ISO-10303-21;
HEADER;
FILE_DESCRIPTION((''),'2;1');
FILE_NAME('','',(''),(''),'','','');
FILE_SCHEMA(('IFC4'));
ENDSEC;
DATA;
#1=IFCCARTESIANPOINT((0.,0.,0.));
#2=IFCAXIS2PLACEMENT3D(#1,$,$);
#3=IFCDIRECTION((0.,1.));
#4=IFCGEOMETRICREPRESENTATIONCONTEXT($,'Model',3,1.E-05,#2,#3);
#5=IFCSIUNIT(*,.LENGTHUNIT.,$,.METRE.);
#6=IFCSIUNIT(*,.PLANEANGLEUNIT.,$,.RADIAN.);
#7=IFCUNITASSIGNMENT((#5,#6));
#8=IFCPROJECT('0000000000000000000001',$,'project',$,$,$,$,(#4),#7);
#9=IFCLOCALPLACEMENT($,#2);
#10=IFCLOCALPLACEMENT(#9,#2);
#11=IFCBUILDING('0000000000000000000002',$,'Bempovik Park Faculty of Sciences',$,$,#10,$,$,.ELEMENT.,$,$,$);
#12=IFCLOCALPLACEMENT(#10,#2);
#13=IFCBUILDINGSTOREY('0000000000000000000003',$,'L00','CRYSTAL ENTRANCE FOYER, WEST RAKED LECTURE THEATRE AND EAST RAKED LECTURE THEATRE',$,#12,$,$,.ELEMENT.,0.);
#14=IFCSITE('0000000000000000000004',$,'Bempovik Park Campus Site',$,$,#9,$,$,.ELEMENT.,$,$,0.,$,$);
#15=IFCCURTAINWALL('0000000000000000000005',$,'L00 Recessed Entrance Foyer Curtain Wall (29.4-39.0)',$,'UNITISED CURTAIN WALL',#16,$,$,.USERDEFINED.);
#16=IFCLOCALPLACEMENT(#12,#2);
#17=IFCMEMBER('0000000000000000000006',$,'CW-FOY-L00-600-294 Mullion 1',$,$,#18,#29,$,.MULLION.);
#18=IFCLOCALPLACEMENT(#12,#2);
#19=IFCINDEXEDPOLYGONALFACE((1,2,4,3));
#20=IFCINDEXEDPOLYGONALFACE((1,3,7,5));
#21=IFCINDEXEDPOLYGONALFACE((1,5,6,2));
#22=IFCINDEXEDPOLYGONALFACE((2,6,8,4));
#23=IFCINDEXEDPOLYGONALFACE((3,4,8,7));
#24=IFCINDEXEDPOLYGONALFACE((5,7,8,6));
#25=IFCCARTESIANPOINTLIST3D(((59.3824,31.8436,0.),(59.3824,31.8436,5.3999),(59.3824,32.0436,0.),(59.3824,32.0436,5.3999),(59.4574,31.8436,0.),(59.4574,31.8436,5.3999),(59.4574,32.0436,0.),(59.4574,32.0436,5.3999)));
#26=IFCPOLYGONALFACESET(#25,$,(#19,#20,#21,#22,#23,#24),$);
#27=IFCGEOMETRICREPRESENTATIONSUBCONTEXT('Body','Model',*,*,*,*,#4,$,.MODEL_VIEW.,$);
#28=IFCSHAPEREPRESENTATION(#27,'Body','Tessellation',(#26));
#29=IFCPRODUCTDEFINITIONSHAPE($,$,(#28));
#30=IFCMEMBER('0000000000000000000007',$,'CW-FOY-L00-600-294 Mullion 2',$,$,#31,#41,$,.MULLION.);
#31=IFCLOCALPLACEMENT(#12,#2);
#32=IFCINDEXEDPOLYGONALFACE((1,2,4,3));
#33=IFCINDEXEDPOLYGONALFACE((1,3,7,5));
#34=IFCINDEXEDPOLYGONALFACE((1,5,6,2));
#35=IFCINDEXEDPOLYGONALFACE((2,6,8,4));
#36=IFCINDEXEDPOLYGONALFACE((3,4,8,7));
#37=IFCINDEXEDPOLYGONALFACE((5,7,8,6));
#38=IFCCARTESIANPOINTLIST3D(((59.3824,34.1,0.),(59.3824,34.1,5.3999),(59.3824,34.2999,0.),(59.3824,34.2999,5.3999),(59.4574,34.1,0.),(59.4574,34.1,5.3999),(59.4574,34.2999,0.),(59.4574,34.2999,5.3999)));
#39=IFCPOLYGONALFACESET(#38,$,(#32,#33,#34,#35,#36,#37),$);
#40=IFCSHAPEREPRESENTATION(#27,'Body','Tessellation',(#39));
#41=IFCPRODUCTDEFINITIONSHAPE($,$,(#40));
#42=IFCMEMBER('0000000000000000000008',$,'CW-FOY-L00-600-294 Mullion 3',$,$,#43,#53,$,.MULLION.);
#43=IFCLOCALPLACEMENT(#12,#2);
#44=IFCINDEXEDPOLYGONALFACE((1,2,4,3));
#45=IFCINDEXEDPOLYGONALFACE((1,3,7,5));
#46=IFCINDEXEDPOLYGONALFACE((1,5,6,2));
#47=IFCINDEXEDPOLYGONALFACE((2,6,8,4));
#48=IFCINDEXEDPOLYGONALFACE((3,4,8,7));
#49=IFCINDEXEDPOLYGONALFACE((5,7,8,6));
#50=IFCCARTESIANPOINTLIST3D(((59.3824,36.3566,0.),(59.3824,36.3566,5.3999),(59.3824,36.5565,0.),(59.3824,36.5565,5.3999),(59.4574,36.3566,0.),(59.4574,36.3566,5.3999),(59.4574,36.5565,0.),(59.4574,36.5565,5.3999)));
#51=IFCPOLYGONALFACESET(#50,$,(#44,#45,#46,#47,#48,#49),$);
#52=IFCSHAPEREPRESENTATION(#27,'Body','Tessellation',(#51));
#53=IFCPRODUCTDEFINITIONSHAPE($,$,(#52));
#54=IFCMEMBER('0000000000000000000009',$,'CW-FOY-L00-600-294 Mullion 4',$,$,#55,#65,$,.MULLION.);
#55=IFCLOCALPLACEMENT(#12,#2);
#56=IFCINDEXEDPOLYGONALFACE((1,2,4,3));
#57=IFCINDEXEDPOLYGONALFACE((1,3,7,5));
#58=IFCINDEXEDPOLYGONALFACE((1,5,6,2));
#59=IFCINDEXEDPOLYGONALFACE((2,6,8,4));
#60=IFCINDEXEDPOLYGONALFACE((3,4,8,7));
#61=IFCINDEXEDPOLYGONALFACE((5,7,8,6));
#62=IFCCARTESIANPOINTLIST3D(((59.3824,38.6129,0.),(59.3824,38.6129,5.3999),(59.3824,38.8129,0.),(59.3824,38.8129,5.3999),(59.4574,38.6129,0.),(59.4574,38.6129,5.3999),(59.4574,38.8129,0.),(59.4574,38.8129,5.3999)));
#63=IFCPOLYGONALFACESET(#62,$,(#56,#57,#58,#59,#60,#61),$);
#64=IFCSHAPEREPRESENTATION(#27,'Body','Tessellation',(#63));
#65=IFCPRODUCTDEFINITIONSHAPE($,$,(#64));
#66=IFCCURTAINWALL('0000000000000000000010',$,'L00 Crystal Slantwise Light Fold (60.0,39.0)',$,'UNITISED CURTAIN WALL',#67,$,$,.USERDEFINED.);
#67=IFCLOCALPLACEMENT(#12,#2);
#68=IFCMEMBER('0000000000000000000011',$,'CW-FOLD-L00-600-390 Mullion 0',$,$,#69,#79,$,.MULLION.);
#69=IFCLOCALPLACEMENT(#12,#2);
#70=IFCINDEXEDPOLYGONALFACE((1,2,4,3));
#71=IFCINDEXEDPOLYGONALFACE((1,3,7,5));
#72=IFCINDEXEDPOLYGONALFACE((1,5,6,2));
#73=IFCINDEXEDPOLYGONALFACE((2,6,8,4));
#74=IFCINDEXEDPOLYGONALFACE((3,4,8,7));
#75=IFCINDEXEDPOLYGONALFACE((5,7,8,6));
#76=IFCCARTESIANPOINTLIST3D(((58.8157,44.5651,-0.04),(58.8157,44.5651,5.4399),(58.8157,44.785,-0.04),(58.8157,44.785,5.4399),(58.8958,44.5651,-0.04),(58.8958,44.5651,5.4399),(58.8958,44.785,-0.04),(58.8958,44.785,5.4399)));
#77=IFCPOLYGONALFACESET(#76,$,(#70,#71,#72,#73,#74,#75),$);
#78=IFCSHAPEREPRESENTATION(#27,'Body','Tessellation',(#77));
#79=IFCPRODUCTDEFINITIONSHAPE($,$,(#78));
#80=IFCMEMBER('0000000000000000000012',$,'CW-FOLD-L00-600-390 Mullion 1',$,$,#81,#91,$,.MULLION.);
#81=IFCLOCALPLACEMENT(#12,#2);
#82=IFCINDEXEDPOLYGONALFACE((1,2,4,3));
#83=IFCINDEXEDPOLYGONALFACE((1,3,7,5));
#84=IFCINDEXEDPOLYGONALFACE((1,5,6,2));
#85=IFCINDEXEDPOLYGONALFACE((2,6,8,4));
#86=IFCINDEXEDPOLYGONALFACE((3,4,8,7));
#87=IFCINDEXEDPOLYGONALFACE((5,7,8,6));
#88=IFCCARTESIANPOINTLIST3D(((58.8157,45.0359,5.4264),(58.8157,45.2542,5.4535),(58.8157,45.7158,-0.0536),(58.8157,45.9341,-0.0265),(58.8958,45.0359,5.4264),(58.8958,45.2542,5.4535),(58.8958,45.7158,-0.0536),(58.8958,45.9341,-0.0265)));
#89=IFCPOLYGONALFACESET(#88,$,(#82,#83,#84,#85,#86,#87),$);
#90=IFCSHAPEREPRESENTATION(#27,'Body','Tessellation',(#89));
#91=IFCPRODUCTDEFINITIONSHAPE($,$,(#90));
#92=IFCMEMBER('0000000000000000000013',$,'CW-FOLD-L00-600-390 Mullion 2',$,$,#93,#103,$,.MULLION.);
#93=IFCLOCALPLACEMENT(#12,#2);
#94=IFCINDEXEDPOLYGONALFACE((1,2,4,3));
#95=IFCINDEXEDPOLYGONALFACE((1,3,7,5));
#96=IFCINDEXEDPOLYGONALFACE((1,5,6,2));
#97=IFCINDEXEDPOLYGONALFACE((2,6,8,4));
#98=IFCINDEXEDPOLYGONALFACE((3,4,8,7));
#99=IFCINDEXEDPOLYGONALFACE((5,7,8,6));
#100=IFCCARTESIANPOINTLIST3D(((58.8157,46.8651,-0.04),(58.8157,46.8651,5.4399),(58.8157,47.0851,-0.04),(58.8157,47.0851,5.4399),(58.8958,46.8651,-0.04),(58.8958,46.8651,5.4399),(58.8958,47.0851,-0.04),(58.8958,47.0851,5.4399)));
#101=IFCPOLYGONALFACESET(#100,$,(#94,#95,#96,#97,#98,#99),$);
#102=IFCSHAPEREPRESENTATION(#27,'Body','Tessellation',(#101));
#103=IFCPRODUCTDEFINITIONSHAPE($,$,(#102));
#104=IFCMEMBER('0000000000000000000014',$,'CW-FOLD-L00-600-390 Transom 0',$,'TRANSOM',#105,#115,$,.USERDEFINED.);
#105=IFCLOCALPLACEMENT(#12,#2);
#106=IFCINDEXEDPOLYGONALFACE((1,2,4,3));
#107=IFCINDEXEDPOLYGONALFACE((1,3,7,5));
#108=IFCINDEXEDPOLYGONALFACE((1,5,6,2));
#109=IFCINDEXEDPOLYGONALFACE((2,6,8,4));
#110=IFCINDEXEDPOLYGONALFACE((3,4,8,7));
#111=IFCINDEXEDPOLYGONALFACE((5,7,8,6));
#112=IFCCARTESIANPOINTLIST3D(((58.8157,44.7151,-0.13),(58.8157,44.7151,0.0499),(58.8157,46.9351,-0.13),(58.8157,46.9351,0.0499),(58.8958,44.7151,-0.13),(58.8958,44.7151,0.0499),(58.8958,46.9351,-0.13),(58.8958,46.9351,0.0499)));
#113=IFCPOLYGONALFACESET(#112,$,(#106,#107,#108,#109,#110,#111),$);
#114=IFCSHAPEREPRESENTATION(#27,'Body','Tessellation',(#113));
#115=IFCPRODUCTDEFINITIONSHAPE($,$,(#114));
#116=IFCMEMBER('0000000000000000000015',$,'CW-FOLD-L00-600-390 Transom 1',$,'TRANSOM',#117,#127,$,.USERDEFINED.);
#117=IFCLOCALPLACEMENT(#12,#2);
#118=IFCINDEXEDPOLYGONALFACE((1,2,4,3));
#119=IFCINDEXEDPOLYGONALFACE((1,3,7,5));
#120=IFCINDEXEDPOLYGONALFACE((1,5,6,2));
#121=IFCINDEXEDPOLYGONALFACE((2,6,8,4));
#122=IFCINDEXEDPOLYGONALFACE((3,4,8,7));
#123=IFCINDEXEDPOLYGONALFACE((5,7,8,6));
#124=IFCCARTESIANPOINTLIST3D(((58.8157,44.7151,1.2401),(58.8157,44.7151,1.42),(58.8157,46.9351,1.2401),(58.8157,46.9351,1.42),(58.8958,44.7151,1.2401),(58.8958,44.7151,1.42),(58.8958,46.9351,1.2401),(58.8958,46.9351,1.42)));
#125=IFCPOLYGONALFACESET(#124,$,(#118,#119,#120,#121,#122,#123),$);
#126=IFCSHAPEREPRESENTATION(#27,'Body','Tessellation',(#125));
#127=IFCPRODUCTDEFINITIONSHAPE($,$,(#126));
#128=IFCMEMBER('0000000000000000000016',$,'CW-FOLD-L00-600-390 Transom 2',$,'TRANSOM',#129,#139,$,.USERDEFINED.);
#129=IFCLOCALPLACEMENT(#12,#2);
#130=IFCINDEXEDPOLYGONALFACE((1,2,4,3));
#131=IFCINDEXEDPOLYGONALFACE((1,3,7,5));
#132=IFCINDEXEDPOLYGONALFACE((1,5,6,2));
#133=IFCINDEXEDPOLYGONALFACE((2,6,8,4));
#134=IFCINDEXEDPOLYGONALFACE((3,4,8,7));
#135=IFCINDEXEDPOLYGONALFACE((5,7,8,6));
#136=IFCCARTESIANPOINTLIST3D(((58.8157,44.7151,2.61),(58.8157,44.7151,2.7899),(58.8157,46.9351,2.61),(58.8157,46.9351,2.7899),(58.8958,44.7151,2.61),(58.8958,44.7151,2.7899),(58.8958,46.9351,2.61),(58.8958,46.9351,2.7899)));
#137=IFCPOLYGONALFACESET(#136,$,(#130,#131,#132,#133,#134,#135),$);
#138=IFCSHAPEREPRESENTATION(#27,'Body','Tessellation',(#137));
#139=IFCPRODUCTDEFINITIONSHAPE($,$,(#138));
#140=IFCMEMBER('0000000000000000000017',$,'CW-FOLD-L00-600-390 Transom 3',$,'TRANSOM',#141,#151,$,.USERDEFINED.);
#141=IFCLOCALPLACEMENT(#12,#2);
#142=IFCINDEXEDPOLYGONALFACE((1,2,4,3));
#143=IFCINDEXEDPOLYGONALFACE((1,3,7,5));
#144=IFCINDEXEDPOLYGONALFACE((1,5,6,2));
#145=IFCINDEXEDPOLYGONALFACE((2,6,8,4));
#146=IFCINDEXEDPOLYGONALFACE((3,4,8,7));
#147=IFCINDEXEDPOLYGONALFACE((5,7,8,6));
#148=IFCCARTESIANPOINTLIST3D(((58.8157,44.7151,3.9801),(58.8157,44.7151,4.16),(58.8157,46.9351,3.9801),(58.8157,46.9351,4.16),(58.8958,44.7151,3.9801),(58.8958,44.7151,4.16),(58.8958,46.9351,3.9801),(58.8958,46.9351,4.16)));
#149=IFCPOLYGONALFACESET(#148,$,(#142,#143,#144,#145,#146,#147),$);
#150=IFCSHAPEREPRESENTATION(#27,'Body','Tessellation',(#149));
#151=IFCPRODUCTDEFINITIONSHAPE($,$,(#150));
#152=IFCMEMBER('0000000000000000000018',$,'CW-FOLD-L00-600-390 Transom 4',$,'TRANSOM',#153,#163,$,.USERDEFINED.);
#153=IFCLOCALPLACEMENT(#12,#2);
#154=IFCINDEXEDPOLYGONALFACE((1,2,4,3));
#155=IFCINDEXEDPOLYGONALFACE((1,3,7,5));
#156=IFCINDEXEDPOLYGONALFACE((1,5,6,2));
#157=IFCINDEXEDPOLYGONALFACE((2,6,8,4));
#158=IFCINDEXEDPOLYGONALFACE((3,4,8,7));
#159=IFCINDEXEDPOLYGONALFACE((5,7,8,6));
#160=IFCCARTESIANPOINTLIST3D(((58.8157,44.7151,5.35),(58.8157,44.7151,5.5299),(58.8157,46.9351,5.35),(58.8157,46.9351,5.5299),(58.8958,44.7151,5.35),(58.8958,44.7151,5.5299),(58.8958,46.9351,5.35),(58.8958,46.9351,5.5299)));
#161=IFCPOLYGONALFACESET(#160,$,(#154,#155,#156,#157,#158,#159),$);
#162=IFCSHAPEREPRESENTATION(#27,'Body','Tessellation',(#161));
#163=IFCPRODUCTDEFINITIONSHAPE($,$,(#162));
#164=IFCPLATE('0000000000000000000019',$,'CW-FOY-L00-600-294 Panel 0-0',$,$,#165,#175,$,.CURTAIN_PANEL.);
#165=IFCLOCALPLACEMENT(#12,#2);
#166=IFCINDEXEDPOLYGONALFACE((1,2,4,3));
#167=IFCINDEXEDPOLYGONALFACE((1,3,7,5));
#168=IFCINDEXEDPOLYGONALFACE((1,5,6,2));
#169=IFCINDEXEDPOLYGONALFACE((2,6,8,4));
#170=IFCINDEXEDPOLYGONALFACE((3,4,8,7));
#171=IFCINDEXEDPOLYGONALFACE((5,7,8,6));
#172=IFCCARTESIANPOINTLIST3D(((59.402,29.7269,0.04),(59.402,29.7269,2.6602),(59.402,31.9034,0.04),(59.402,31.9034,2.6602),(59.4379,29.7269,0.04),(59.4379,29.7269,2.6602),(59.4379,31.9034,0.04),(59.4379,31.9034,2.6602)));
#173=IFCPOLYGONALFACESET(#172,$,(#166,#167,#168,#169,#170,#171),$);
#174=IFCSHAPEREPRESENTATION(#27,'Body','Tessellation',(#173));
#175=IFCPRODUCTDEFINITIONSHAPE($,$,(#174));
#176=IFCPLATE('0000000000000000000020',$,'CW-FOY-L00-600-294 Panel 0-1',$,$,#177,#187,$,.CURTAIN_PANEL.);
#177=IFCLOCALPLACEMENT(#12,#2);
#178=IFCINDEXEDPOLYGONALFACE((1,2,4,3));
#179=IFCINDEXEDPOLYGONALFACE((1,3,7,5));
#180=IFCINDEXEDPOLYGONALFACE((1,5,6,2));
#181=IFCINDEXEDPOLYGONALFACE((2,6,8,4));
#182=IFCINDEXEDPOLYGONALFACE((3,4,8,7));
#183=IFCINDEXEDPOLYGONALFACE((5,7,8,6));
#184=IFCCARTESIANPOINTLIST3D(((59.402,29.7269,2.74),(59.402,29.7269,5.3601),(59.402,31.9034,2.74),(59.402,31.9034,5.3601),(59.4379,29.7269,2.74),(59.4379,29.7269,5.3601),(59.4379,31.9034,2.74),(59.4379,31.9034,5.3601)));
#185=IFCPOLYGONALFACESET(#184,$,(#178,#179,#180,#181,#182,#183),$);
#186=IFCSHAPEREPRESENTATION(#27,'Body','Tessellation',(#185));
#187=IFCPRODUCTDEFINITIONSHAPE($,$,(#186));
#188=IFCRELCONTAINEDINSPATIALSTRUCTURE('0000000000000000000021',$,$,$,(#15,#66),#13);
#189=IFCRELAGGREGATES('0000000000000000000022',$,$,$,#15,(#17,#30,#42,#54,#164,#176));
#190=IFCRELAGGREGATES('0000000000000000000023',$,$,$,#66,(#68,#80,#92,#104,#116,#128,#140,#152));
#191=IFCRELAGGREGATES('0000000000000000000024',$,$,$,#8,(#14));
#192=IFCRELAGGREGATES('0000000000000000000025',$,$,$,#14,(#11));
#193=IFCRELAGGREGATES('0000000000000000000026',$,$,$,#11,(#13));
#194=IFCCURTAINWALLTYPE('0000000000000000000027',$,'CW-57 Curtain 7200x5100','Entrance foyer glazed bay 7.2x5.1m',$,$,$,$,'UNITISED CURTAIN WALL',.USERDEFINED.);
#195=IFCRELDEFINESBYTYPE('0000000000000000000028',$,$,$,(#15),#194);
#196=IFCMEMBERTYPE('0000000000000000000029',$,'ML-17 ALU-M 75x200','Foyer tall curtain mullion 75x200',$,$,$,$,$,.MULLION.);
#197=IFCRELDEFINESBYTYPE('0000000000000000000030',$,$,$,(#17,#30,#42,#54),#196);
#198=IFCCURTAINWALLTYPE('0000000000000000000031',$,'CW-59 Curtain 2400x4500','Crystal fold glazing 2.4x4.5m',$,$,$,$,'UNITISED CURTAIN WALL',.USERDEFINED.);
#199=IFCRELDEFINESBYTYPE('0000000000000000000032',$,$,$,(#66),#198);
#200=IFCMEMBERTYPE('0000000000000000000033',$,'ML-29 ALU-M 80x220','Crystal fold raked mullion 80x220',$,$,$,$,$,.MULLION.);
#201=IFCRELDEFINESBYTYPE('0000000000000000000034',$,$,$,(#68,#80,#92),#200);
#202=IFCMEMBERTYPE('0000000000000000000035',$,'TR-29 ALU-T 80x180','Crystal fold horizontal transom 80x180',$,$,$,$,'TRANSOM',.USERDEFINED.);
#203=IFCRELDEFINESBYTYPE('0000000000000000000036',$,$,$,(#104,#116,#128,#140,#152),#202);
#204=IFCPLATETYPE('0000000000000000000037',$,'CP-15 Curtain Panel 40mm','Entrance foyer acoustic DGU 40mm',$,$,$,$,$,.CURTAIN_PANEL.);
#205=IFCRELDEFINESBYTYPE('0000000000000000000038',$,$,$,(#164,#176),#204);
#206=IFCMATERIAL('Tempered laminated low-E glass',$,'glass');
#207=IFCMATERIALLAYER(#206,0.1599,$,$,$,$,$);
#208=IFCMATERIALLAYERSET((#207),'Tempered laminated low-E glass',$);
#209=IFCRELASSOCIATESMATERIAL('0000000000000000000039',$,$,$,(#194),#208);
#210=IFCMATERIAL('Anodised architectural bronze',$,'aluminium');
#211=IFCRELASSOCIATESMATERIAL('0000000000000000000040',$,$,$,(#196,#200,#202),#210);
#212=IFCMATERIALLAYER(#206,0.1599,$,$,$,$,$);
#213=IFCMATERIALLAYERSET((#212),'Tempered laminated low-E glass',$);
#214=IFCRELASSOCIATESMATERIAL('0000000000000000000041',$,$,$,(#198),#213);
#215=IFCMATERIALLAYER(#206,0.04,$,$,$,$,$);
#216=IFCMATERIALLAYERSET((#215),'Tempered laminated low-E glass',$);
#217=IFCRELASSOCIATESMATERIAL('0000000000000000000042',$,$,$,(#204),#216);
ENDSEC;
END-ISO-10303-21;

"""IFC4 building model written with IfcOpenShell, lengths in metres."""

from ifc_helpers import new_model, si_unit, direction, frame, origin, origin_2d, place, context, subcontext, project, spatial, rectangle, extrude, material, layer, layer_set, material_profile, profile_set, type_object, element, aggregate, save


model = new_model("IFC4")

# Units and contexts
model_context = context("Model", 3, precision=1e-05, world=origin(), true_north=direction((0.0, 1.0)))
body_context = subcontext(model_context, "Body", "Model", "MODEL_VIEW")
ifc_project = project(units=[si_unit("LENGTHUNIT", "METRE"), si_unit("PLANEANGLEUNIT", "RADIAN")], contexts=[model_context])

# Site, building, storey
site_placement = place(None, origin())
site = spatial("IfcSite", under=ifc_project, at=site_placement, Name="Bempovik Park Campus Site", CompositionType="ELEMENT", RefElevation=0.0)
building_placement = place(site_placement, origin())
building = spatial("IfcBuilding", under=site, at=building_placement, Name="Bempovik Park Faculty of Sciences", CompositionType="ELEMENT")
storey_placement = place(building_placement, origin())
storey = spatial("IfcBuildingStorey", under=building, at=storey_placement, Name="L00", Description="CRYSTAL ENTRANCE FOYER, WEST RAKED LECTURE THEATRE AND EAST RAKED LECTURE THEATRE", CompositionType="ELEMENT", Elevation=0.0)

# Curtain walls, members
ifc_material_1 = material(Name="Tempered laminated low-E glass", Category="glass")
ifc_layer_1 = layer(ifc_material_1, 0.1599)
ifc_layer_set_1 = layer_set([ifc_layer_1], Name="Tempered laminated low-E glass")
curtain_wall_type_1 = type_object("IfcCurtainWallType", Name="CW-57 Curtain 7200x5100", Description="Entrance foyer glazed bay 7.2x5.1m", ElementType="UNITISED CURTAIN WALL", PredefinedType="USERDEFINED", material=ifc_layer_set_1)
curtain_wall_1_placement = place(storey_placement, origin())
curtain_wall_1 = element("IfcCurtainWall", 1, at=curtain_wall_1_placement, inside=storey, type_object=curtain_wall_type_1, Name="L00 Recessed Entrance Foyer Curtain Wall (29.4-39.0)", ObjectType="UNITISED CURTAIN WALL", PredefinedType="USERDEFINED")
ifc_material_2 = material(Name="Anodised architectural bronze", Category="aluminium")
ifc_material_profile_1 = material_profile(ifc_material_2, rectangle(XDim=0.075, YDim=0.2, at=origin_2d()), Name="ALU-M 75x200")
ifc_profile_set_1 = profile_set([ifc_material_profile_1], Name="Anodised architectural bronze")
member_type_1 = type_object("IfcMemberType", Name="ML-17 ALU-M 75x200", Description="Foyer tall curtain mullion 75x200", PredefinedType="MULLION", material=ifc_profile_set_1)
member_1_placement = place(storey_placement, frame((59.4199, 31.9436, 0.0), z_axis=(0.0, 0.0, 1.0), x_axis=(1.0, 0.0, 0.0)))
member_1 = element("IfcMember", 2, at=member_1_placement, type_object=member_type_1, Name="CW-FOY-L00-600-294 Mullion 1", PredefinedType="MULLION", context=body_context, shape_type="SweptSolid", body=[
    extrude(rectangle(XDim=0.075, YDim=0.2, at=origin_2d()), origin(), (0.0, 0.0, 1.0), 5.3999),
])
member_2_placement = place(storey_placement, frame((59.4199, 34.2, 0.0), z_axis=(0.0, 0.0, 1.0), x_axis=(1.0, 0.0, 0.0)))
member_2 = element("IfcMember", 3, at=member_2_placement, type_object=member_type_1, Name="CW-FOY-L00-600-294 Mullion 2", PredefinedType="MULLION", context=body_context, shape_type="SweptSolid", body=[
    extrude(rectangle(XDim=0.075, YDim=0.2, at=origin_2d()), origin(), (0.0, 0.0, 1.0), 5.3999),
])
member_3_placement = place(storey_placement, frame((59.4199, 36.4565, 0.0), z_axis=(0.0, 0.0, 1.0), x_axis=(1.0, 0.0, 0.0)))
member_3 = element("IfcMember", 4, at=member_3_placement, type_object=member_type_1, Name="CW-FOY-L00-600-294 Mullion 3", PredefinedType="MULLION", context=body_context, shape_type="SweptSolid", body=[
    extrude(rectangle(XDim=0.075, YDim=0.2, at=origin_2d()), origin(), (0.0, 0.0, 1.0), 5.3999),
])
member_4_placement = place(storey_placement, frame((59.4199, 38.7129, 0.0), z_axis=(0.0, 0.0, 1.0), x_axis=(1.0, 0.0, 0.0)))
member_4 = element("IfcMember", 5, at=member_4_placement, type_object=member_type_1, Name="CW-FOY-L00-600-294 Mullion 4", PredefinedType="MULLION", context=body_context, shape_type="SweptSolid", body=[
    extrude(rectangle(XDim=0.075, YDim=0.2, at=origin_2d()), origin(), (0.0, 0.0, 1.0), 5.3999),
])
ifc_layer_2 = layer(ifc_material_1, 0.1599)
ifc_layer_set_2 = layer_set([ifc_layer_2], Name="Tempered laminated low-E glass")
curtain_wall_type_2 = type_object("IfcCurtainWallType", Name="CW-59 Curtain 2400x4500", Description="Crystal fold glazing 2.4x4.5m", ElementType="UNITISED CURTAIN WALL", PredefinedType="USERDEFINED", material=ifc_layer_set_2)
curtain_wall_2_placement = place(storey_placement, origin())
curtain_wall_2 = element("IfcCurtainWall", 6, at=curtain_wall_2_placement, inside=storey, type_object=curtain_wall_type_2, Name="L00 Crystal Slantwise Light Fold (60.0,39.0)", ObjectType="UNITISED CURTAIN WALL", PredefinedType="USERDEFINED")
ifc_material_profile_2 = material_profile(ifc_material_2, rectangle(XDim=0.0801, YDim=0.22, at=origin_2d()), Name="ALU-M 80x220")
ifc_profile_set_2 = profile_set([ifc_material_profile_2], Name="Anodised architectural bronze")
member_type_2 = type_object("IfcMemberType", Name="ML-29 ALU-M 80x220", Description="Crystal fold raked mullion 80x220", PredefinedType="MULLION", material=ifc_profile_set_2)
member_5_placement = place(storey_placement, frame((58.8557, 44.675, -0.04), z_axis=(0.0, 0.0, 1.0), x_axis=(1.0, 0.0, 0.0)))
member_5 = element("IfcMember", 7, at=member_5_placement, type_object=member_type_2, Name="CW-FOLD-L00-600-390 Mullion 0", PredefinedType="MULLION", context=body_context, shape_type="SweptSolid", body=[
    extrude(rectangle(XDim=0.0801, YDim=0.22, at=origin_2d()), origin(), (0.0, 0.0, 1.0), 5.48),
])
member_6_placement = place(storey_placement, frame((58.8557, 45.825, -0.04), z_axis=(0.0, -0.123131, 0.99239), x_axis=(1.0, 0.0, 0.0)))
member_6 = element("IfcMember", 8, at=member_6_placement, type_object=member_type_2, Name="CW-FOLD-L00-600-390 Mullion 1", PredefinedType="MULLION", context=body_context, shape_type="SweptSolid", body=[
    extrude(rectangle(XDim=0.0801, YDim=0.22, at=origin_2d()), origin(), (0.0, 0.0, 1.0), 5.522),
])
member_7_placement = place(storey_placement, frame((58.8557, 46.9751, -0.04), z_axis=(0.0, 0.0, 1.0), x_axis=(1.0, 0.0, 0.0)))
member_7 = element("IfcMember", 9, at=member_7_placement, type_object=member_type_2, Name="CW-FOLD-L00-600-390 Mullion 2", PredefinedType="MULLION", context=body_context, shape_type="SweptSolid", body=[
    extrude(rectangle(XDim=0.0801, YDim=0.22, at=origin_2d()), origin(), (0.0, 0.0, 1.0), 5.48),
])
ifc_material_profile_3 = material_profile(ifc_material_2, rectangle(XDim=0.0801, YDim=0.1799, at=origin_2d()), Name="ALU-T 80x180")
ifc_profile_set_3 = profile_set([ifc_material_profile_3], Name="Anodised architectural bronze")
member_type_3 = type_object("IfcMemberType", Name="TR-29 ALU-T 80x180", Description="Crystal fold horizontal transom 80x180", ElementType="TRANSOM", PredefinedType="USERDEFINED", material=ifc_profile_set_3)
member_8_placement = place(storey_placement, frame((58.8557, 44.7151, -0.04), z_axis=(0.0, 1.0, 0.0), x_axis=(-1.0, 0.0, 0.0)))
member_8 = element("IfcMember", 10, at=member_8_placement, type_object=member_type_3, Name="CW-FOLD-L00-600-390 Transom 0", ObjectType="TRANSOM", PredefinedType="USERDEFINED", context=body_context, shape_type="SweptSolid", body=[
    extrude(rectangle(XDim=0.0801, YDim=0.1799, at=origin_2d()), origin(), (0.0, 0.0, 1.0), 2.22),
])
member_9_placement = place(storey_placement, frame((58.8557, 44.7151, 1.3301), z_axis=(0.0, 1.0, 0.0), x_axis=(-1.0, 0.0, 0.0)))
member_9 = element("IfcMember", 11, at=member_9_placement, type_object=member_type_3, Name="CW-FOLD-L00-600-390 Transom 1", ObjectType="TRANSOM", PredefinedType="USERDEFINED", context=body_context, shape_type="SweptSolid", body=[
    extrude(rectangle(XDim=0.0801, YDim=0.1799, at=origin_2d()), origin(), (0.0, 0.0, 1.0), 2.22),
])
member_10_placement = place(storey_placement, frame((58.8557, 44.7151, 2.7), z_axis=(0.0, 1.0, 0.0), x_axis=(-1.0, 0.0, 0.0)))
member_10 = element("IfcMember", 12, at=member_10_placement, type_object=member_type_3, Name="CW-FOLD-L00-600-390 Transom 2", ObjectType="TRANSOM", PredefinedType="USERDEFINED", context=body_context, shape_type="SweptSolid", body=[
    extrude(rectangle(XDim=0.0801, YDim=0.1799, at=origin_2d()), origin(), (0.0, 0.0, 1.0), 2.22),
])
member_11_placement = place(storey_placement, frame((58.8557, 44.7151, 4.0701), z_axis=(0.0, 1.0, 0.0), x_axis=(-1.0, 0.0, 0.0)))
member_11 = element("IfcMember", 13, at=member_11_placement, type_object=member_type_3, Name="CW-FOLD-L00-600-390 Transom 3", ObjectType="TRANSOM", PredefinedType="USERDEFINED", context=body_context, shape_type="SweptSolid", body=[
    extrude(rectangle(XDim=0.0801, YDim=0.1799, at=origin_2d()), origin(), (0.0, 0.0, 1.0), 2.22),
])
member_12_placement = place(storey_placement, frame((58.8557, 44.7151, 5.4399), z_axis=(0.0, 1.0, 0.0), x_axis=(-1.0, 0.0, 0.0)))
member_12 = element("IfcMember", 14, at=member_12_placement, type_object=member_type_3, Name="CW-FOLD-L00-600-390 Transom 4", ObjectType="TRANSOM", PredefinedType="USERDEFINED", context=body_context, shape_type="SweptSolid", body=[
    extrude(rectangle(XDim=0.0801, YDim=0.1799, at=origin_2d()), origin(), (0.0, 0.0, 1.0), 2.22),
])

# Plates
ifc_layer_3 = layer(ifc_material_1, 0.04)
ifc_layer_set_3 = layer_set([ifc_layer_3], Name="Tempered laminated low-E glass")
plate_type_1 = type_object("IfcPlateType", Name="CP-15 Curtain Panel 40mm", Description="Entrance foyer acoustic DGU 40mm", PredefinedType="CURTAIN_PANEL", material=ifc_layer_set_3)
plate_1_placement = place(storey_placement, frame((59.4199, 30.8152, 0.04), z_axis=(0.0, 0.0, 1.0), x_axis=(0.0, 1.0, 0.0)))
plate_1 = element("IfcPlate", 15, at=plate_1_placement, type_object=plate_type_1, Name="CW-FOY-L00-600-294 Panel 0-0", PredefinedType="CURTAIN_PANEL", context=body_context, shape_type="SweptSolid", body=[
    extrude(rectangle(XDim=2.1765, YDim=0.0359, at=origin_2d()), origin(), (0.0, 0.0, 1.0), 2.6201),
])
plate_2_placement = place(storey_placement, frame((59.4199, 30.8152, 2.74), z_axis=(0.0, 0.0, 1.0), x_axis=(0.0, 1.0, 0.0)))
plate_2 = element("IfcPlate", 16, at=plate_2_placement, type_object=plate_type_1, Name="CW-FOY-L00-600-294 Panel 0-1", PredefinedType="CURTAIN_PANEL", context=body_context, shape_type="SweptSolid", body=[
    extrude(rectangle(XDim=2.1765, YDim=0.0359, at=origin_2d()), origin(), (0.0, 0.0, 1.0), 2.6201),
])
aggregate(curtain_wall_1, [member_1, member_2, member_3, member_4, plate_1, plate_2])
aggregate(curtain_wall_2, [member_5, member_6, member_7, member_8, member_9, member_10, member_11, member_12])

save(model, "model.ifc")
